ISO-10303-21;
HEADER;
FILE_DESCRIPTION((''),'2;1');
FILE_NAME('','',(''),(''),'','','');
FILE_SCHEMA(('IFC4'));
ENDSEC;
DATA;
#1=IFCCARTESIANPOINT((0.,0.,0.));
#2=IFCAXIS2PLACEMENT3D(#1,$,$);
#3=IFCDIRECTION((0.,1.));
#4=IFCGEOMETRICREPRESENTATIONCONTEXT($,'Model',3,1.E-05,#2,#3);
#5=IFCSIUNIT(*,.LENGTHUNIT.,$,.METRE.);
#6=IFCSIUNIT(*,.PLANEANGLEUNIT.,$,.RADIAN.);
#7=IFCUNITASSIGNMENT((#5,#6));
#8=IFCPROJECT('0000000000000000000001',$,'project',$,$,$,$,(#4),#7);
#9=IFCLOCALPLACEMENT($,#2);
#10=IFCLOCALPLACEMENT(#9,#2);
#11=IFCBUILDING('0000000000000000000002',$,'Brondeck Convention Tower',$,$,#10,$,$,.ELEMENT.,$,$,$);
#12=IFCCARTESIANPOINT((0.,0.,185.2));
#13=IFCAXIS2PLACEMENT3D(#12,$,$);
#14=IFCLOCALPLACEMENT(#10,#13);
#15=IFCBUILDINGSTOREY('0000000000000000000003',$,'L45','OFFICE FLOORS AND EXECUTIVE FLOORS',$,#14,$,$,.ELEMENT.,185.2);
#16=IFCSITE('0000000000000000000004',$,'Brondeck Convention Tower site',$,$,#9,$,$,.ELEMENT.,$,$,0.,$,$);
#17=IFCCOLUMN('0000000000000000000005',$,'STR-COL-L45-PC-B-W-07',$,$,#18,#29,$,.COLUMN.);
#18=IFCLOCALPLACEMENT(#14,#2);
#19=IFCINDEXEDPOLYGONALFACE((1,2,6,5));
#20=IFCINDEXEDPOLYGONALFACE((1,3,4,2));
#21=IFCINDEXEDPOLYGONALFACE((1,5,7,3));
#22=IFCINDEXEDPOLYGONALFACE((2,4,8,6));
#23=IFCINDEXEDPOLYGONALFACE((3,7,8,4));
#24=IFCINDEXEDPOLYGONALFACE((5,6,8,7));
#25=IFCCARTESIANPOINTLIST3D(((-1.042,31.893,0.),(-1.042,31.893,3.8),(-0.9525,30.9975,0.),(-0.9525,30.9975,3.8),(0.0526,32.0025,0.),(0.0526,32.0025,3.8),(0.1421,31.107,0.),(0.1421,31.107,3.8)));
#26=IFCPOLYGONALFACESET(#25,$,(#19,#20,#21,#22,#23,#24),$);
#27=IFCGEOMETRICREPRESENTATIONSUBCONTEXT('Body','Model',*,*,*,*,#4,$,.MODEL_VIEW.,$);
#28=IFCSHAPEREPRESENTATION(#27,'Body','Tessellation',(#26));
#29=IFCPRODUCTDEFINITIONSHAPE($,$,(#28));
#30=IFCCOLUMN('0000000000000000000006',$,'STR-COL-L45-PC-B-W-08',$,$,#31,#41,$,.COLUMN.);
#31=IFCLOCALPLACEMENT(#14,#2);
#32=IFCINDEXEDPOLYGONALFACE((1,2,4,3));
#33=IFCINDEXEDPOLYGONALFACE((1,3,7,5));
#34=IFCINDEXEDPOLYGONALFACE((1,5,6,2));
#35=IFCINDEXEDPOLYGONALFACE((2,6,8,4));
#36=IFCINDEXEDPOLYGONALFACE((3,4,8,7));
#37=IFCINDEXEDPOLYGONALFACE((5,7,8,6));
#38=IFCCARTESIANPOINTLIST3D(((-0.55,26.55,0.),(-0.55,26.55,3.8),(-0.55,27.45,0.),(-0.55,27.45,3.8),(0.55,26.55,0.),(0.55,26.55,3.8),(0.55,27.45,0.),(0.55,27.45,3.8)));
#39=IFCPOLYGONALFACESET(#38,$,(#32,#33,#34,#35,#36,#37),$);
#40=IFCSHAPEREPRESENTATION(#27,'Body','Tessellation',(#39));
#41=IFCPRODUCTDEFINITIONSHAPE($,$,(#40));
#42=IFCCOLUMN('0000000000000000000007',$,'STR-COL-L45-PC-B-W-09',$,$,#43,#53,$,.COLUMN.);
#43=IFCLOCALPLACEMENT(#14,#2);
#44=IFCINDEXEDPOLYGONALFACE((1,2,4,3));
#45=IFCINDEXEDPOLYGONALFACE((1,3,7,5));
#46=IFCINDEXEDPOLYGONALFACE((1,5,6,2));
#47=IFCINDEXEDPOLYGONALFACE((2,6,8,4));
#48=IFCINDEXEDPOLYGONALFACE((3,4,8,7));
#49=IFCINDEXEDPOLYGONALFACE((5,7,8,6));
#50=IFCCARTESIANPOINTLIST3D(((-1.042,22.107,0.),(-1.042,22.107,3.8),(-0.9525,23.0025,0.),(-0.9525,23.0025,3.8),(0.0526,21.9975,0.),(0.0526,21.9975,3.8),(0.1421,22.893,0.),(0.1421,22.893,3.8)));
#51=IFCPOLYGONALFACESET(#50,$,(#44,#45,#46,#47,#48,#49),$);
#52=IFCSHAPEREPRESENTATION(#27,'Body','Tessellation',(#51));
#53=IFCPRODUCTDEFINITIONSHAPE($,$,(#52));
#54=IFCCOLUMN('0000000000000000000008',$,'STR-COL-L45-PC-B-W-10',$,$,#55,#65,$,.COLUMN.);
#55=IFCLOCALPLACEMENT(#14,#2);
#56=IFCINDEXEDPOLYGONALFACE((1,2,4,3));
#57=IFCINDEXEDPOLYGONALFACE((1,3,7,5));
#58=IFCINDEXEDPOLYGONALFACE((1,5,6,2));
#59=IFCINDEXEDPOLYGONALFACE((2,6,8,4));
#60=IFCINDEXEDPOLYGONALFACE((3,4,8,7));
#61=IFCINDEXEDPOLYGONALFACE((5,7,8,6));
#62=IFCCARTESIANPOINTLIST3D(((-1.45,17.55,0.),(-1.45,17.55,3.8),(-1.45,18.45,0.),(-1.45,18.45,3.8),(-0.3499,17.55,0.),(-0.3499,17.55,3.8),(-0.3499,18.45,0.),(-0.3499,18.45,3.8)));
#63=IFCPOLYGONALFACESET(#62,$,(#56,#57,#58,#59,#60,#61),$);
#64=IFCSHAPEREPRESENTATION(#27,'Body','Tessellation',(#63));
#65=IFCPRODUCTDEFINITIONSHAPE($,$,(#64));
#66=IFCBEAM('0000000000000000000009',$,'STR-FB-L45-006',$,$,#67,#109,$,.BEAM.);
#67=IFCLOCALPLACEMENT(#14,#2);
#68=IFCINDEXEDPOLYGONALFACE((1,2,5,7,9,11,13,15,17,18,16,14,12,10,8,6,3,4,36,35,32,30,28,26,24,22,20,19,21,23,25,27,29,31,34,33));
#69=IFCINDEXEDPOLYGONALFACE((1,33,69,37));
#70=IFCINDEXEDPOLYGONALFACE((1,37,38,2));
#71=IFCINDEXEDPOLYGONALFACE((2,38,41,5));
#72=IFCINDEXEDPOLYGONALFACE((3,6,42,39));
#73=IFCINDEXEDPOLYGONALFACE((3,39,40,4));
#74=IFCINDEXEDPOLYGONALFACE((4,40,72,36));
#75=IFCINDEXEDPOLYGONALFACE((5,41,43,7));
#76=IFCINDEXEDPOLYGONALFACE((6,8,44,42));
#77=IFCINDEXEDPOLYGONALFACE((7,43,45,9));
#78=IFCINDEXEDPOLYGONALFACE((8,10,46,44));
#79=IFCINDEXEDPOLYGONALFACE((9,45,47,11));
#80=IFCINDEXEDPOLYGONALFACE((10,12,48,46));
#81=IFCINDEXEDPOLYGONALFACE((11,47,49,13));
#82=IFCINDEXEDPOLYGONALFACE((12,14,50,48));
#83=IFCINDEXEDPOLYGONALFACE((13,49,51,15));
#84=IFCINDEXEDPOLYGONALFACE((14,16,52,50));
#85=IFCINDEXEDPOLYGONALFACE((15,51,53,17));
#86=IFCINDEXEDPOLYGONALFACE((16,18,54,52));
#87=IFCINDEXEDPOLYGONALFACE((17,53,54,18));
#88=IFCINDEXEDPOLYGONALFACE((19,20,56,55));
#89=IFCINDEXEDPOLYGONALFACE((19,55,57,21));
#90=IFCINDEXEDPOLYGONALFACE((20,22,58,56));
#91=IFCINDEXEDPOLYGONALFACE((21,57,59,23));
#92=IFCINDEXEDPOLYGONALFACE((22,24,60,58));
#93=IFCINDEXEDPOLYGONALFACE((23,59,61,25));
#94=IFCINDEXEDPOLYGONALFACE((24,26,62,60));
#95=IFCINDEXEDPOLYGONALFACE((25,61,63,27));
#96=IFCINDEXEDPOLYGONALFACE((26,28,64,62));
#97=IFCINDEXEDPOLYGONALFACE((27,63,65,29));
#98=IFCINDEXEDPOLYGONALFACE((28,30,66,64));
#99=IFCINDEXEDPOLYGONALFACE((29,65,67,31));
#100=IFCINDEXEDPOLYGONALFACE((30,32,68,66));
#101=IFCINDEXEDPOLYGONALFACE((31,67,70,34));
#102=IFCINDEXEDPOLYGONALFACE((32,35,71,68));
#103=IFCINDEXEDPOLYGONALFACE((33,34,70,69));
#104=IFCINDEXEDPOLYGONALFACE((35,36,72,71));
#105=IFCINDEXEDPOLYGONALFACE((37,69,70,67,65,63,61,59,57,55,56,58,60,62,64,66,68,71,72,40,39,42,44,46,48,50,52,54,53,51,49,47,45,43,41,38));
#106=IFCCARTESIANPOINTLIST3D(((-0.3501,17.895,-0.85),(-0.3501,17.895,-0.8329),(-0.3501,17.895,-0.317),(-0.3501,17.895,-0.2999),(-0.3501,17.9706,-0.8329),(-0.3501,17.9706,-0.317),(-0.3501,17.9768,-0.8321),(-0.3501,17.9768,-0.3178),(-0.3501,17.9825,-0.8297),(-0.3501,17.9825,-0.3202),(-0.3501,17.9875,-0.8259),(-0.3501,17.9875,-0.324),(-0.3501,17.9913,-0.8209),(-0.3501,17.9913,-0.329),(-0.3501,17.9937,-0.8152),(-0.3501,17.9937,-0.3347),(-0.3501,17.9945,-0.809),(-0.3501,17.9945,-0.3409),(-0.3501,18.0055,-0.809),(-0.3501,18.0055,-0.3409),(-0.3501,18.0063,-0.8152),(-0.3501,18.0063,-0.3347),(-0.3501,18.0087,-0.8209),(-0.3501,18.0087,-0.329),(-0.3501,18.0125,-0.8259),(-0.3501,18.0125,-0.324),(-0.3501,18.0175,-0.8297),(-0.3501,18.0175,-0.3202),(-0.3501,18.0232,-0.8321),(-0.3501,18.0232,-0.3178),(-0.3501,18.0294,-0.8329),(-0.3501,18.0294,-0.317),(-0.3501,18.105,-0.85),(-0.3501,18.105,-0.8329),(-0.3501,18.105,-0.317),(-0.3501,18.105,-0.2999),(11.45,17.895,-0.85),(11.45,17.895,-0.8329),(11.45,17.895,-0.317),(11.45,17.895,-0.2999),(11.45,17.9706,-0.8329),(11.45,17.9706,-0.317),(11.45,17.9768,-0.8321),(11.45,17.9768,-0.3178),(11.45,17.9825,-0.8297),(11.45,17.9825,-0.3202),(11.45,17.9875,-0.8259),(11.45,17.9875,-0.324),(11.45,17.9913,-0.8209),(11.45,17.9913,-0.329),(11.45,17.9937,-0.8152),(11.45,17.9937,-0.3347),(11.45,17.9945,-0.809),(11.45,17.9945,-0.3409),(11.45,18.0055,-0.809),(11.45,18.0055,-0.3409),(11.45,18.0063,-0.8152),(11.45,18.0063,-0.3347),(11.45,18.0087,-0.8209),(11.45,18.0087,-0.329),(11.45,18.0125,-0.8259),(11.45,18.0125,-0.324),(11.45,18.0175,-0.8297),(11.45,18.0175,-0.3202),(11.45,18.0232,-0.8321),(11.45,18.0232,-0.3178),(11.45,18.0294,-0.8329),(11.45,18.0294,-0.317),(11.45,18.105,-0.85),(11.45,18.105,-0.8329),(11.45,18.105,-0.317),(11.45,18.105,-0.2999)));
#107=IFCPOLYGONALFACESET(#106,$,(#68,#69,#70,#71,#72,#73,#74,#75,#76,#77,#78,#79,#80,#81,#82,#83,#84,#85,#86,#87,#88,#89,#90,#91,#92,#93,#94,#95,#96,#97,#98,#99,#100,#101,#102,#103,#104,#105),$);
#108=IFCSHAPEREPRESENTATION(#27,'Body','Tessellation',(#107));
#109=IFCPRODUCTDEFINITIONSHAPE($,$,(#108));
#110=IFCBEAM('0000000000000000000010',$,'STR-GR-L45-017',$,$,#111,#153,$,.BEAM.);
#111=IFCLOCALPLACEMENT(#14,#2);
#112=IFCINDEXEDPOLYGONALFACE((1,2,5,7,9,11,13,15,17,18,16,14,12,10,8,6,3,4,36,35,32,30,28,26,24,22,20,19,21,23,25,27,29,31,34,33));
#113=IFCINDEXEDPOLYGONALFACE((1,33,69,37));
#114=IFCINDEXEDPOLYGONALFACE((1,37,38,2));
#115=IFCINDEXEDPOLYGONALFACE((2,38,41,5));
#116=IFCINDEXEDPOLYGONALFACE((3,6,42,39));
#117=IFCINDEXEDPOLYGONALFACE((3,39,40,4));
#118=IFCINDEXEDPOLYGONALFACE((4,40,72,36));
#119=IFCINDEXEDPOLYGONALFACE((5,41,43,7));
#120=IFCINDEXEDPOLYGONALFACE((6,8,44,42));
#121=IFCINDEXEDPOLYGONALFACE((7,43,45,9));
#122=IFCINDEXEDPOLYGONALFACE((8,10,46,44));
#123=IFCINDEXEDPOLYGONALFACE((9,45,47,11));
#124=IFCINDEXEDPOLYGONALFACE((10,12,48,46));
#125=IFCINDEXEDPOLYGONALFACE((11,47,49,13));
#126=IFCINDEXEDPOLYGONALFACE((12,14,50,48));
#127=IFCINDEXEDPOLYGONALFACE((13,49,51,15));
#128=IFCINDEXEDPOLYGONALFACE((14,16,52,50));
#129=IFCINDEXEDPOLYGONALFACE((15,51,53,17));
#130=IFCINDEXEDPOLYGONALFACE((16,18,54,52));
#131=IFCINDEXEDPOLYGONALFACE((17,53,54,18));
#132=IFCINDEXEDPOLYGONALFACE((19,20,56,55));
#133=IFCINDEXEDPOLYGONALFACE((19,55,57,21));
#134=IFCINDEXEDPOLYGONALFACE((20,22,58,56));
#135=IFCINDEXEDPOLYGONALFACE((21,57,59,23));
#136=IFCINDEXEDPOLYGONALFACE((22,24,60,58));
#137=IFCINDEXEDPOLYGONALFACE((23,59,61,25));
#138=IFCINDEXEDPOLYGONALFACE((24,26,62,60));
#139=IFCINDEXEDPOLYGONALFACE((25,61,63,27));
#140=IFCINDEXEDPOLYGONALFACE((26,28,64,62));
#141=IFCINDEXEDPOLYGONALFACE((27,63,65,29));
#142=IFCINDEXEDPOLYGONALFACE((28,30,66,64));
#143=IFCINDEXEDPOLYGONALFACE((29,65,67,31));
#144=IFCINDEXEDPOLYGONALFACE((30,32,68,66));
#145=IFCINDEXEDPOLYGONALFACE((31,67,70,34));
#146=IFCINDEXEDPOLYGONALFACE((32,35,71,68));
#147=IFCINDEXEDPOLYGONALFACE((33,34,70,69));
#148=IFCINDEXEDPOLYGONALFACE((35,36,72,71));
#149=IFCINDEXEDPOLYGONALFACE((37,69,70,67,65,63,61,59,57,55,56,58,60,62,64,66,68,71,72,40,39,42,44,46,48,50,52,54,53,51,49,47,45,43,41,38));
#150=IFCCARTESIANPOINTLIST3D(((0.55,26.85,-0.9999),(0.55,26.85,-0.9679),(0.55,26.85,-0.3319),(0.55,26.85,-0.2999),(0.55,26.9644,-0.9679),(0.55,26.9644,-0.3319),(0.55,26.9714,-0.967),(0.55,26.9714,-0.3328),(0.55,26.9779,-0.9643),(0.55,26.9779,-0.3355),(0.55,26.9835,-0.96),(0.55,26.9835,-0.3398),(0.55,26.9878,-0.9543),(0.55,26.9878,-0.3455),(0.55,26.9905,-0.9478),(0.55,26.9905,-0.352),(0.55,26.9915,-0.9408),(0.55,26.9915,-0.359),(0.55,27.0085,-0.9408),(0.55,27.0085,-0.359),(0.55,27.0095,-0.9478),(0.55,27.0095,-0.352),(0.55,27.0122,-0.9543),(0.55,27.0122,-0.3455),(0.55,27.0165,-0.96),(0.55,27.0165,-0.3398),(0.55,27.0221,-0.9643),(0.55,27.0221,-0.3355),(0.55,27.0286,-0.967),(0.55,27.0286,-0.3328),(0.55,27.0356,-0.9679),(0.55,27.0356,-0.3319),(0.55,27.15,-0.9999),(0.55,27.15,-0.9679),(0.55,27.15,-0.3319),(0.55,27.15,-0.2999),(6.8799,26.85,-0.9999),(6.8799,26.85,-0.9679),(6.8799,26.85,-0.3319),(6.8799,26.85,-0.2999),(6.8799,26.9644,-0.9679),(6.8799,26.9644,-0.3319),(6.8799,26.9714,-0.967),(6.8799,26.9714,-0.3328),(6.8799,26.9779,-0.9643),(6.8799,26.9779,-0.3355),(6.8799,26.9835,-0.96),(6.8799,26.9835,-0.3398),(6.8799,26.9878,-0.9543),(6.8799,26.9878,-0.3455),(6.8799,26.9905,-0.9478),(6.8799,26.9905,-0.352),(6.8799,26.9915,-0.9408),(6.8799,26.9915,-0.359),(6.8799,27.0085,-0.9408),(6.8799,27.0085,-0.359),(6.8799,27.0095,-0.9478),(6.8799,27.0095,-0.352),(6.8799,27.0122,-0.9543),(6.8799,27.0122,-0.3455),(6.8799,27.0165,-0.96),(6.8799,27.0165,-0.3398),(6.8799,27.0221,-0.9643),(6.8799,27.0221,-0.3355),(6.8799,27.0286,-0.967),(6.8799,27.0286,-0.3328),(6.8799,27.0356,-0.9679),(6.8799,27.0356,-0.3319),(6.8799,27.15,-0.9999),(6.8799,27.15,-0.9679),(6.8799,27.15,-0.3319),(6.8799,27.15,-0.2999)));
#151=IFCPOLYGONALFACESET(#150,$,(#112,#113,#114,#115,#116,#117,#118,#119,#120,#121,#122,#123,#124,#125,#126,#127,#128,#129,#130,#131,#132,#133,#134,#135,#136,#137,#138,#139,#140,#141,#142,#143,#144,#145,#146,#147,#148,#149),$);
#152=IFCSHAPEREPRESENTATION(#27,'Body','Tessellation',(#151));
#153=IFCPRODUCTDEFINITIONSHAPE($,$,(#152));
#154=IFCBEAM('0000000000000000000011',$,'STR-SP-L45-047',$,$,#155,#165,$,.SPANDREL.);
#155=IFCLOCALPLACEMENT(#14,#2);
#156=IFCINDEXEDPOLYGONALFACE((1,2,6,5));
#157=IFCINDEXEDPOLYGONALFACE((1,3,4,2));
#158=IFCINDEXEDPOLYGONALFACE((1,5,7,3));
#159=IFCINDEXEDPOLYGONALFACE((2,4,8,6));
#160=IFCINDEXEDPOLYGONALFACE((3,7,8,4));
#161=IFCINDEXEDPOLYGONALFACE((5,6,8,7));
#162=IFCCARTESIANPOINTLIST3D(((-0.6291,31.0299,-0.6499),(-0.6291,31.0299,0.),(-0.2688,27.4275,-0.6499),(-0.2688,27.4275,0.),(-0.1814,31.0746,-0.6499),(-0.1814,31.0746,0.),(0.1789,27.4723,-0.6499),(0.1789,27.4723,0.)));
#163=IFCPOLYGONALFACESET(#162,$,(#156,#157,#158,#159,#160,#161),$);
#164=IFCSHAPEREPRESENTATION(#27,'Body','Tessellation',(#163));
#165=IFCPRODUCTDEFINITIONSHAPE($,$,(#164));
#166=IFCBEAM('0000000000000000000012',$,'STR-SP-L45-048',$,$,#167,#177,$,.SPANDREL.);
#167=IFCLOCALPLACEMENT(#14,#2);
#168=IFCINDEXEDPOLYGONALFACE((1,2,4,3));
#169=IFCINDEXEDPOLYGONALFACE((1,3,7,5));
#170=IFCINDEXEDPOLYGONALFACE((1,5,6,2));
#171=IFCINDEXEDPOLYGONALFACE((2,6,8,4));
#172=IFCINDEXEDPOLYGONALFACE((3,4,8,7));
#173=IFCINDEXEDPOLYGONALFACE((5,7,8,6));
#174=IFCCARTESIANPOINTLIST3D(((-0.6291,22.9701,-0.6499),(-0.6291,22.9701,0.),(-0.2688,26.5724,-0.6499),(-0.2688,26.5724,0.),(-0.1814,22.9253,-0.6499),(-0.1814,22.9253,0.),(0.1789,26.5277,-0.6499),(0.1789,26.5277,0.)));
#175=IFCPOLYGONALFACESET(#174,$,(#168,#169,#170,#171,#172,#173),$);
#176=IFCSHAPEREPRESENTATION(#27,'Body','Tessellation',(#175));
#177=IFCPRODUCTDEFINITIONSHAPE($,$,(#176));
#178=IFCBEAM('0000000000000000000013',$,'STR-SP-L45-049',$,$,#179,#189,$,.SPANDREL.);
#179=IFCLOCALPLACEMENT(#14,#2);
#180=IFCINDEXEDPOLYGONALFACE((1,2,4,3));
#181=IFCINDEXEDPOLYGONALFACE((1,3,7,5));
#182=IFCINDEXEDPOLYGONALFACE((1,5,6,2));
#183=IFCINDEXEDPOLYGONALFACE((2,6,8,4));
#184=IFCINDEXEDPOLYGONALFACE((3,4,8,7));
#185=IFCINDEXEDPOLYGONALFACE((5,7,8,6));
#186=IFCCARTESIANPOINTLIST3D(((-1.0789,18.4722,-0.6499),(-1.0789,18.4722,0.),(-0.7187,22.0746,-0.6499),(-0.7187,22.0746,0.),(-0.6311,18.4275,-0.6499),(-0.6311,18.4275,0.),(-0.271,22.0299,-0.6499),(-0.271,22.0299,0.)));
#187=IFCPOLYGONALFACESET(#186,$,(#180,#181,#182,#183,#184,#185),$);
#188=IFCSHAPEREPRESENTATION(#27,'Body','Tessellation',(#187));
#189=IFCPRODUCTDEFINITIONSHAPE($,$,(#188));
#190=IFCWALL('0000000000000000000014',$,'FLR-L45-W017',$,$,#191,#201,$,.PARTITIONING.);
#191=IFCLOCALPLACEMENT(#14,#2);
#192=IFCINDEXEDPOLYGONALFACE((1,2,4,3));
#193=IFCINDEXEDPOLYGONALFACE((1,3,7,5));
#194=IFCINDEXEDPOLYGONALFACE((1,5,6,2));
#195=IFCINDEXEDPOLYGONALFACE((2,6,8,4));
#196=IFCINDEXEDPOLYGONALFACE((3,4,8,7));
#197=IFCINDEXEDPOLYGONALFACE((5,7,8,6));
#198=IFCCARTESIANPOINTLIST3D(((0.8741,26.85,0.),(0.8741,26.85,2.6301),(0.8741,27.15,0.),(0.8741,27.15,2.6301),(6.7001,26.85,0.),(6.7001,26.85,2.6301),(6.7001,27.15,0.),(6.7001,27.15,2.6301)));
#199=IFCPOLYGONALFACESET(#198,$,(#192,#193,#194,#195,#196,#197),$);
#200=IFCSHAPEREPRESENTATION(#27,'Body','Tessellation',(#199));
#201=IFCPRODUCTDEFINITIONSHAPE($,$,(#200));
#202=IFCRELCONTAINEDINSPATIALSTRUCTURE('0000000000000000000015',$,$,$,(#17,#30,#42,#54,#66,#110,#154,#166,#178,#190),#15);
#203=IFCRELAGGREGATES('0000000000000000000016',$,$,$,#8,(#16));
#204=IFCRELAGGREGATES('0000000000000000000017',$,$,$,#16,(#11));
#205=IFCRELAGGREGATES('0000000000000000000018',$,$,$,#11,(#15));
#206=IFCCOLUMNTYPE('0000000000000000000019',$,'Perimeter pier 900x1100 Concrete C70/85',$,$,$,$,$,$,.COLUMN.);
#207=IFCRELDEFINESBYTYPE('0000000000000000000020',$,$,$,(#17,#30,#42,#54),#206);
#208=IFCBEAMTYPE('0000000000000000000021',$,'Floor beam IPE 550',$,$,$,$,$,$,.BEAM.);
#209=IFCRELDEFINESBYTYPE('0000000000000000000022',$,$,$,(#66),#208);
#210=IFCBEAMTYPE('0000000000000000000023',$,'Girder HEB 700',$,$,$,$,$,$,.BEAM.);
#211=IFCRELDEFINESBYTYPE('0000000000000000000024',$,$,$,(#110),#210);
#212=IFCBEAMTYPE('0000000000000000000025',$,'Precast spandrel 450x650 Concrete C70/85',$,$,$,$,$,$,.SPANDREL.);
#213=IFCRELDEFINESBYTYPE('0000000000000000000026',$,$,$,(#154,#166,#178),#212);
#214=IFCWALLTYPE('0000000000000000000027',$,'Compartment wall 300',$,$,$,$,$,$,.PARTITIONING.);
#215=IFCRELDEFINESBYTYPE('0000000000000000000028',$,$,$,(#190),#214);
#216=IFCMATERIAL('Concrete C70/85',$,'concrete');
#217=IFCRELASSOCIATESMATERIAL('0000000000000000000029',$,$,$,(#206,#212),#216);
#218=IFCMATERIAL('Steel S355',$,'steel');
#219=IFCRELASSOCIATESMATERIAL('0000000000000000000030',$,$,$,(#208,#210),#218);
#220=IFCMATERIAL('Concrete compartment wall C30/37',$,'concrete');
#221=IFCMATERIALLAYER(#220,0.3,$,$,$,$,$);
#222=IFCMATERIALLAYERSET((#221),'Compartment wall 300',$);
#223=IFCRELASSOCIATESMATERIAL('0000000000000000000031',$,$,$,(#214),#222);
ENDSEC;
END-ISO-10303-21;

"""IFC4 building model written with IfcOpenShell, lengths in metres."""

from ifc_helpers import new_model, si_unit, direction, frame, frame_2d, origin, origin_2d, place, context, subcontext, project, spatial, rectangle, i_section, extrude, material, layer, layer_set, material_profile, profile_set, type_object, element, save


model = new_model("IFC4")

# Units and contexts
model_context = context("Model", 3, precision=1e-05, world=origin(), true_north=direction((0.0, 1.0)))
body_context = subcontext(model_context, "Body", "Model", "MODEL_VIEW")
ifc_project = project(units=[si_unit("LENGTHUNIT", "METRE"), si_unit("PLANEANGLEUNIT", "RADIAN")], contexts=[model_context])

# Site, building, storey
site_placement = place(None, origin())
site = spatial("IfcSite", under=ifc_project, at=site_placement, Name="Brondeck Convention Tower site", CompositionType="ELEMENT", RefElevation=0.0)
building_placement = place(site_placement, origin())
building = spatial("IfcBuilding", under=site, at=building_placement, Name="Brondeck Convention Tower", CompositionType="ELEMENT")
storey_placement = place(building_placement, frame((0.0, 0.0, 185.2)))
storey = spatial("IfcBuildingStorey", under=building, at=storey_placement, Name="L45", Description="OFFICE FLOORS AND EXECUTIVE FLOORS", CompositionType="ELEMENT", Elevation=185.2)

# Columns
ifc_material_1 = material(Name="Concrete C70/85", Category="concrete")
ifc_material_profile_1 = material_profile(ifc_material_1, rectangle(XDim=0.8999, YDim=1.1001, at=origin_2d()), Name="Perimeter pier 900x1100 Concrete C70/85")
ifc_profile_set_1 = profile_set([ifc_material_profile_1], Name="Concrete C70/85")
column_type = type_object("IfcColumnType", Name="Perimeter pier 900x1100 Concrete C70/85", PredefinedType="COLUMN", material=ifc_profile_set_1)
for number, where, z_axis, x_axis, name in (
    (1, (-0.45, 31.5, 0.0), (0.0, 0.0, 1.0), (0.099504, -0.995037, 0.0), "STR-COL-L45-PC-B-W-07"),
    (2, (0.0, 27.0, 0.0), (0.0, 0.0, 1.0), (0.0, -1.0, 0.0), "STR-COL-L45-PC-B-W-08"),
    (3, (-0.45, 22.5, 0.0), (0.0, 0.0, 1.0), (-0.099504, -0.995037, 0.0), "STR-COL-L45-PC-B-W-09"),
    (4, (-0.8999, 18.0, 0.0), (0.0, 0.0, 1.0), (0.0, -1.0, 0.0), "STR-COL-L45-PC-B-W-10"),
):
    element("IfcColumn", number, at=place(storey_placement, frame(where, z_axis=z_axis, x_axis=x_axis)), inside=storey, type_object=column_type, Name=name, PredefinedType="COLUMN", context=body_context, shape_type="SweptSolid", body=[
        extrude(rectangle(XDim=0.8999, YDim=1.1001, at=origin_2d()), origin(), (0.0, 0.0, 1.0), 3.8),
    ])

# Beams
ifc_material_2 = material(Name="Steel S355", Category="steel")
ifc_material_profile_2 = material_profile(ifc_material_2, i_section(OverallWidth=0.21, OverallDepth=0.55, WebThickness=0.011, FlangeThickness=0.0171, FilletRadius=0.0239, at=origin_2d()), Name="IPE 550")
ifc_profile_set_2 = profile_set([ifc_material_profile_2], Name="Steel S355")
beam_type_1 = type_object("IfcBeamType", Name="Floor beam IPE 550", PredefinedType="BEAM", material=ifc_profile_set_2)
beam_1_placement = place(storey_placement, frame((-0.3501, 18.0, -0.575), z_axis=(1.0, 0.0, 0.0), x_axis=(0.0, 1.0, 0.0)))
element("IfcBeam", 5, at=beam_1_placement, inside=storey, type_object=beam_type_1, Name="STR-FB-L45-006", PredefinedType="BEAM", context=body_context, shape_type="SweptSolid", body=[
    extrude(i_section(OverallWidth=0.21, OverallDepth=0.55, WebThickness=0.011, FlangeThickness=0.0171, FilletRadius=0.0239, at=origin_2d()), origin(), (0.0, 0.0, 1.0), 11.8),
])
ifc_material_profile_3 = material_profile(ifc_material_2, i_section(OverallWidth=0.3, OverallDepth=0.7, WebThickness=0.0171, FlangeThickness=0.032, FilletRadius=0.0271, at=origin_2d()), Name="HEB 700")
ifc_profile_set_3 = profile_set([ifc_material_profile_3], Name="Steel S355")
beam_type_2 = type_object("IfcBeamType", Name="Girder HEB 700", PredefinedType="BEAM", material=ifc_profile_set_3)
beam_2_placement = place(storey_placement, frame((0.55, 27.0, -0.6499), z_axis=(1.0, 0.0, 0.0), x_axis=(0.0, 1.0, 0.0)))
element("IfcBeam", 6, at=beam_2_placement, inside=storey, type_object=beam_type_2, Name="STR-GR-L45-017", PredefinedType="BEAM", context=body_context, shape_type="SweptSolid", body=[
    extrude(i_section(OverallWidth=0.3, OverallDepth=0.7, WebThickness=0.0171, FlangeThickness=0.032, FilletRadius=0.0271, at=origin_2d()), origin(), (0.0, 0.0, 1.0), 6.3298),
])
ifc_material_profile_4 = material_profile(ifc_material_1, rectangle(XDim=0.45, YDim=0.6499, at=origin_2d()), Name="Precast spandrel 450x650 Concrete C70/85")
ifc_profile_set_4 = profile_set([ifc_material_profile_4], Name="Concrete C70/85")
beam_type_3 = type_object("IfcBeamType", Name="Precast spandrel 450x650 Concrete C70/85", PredefinedType="SPANDREL", material=ifc_profile_set_4)
for number, where, z_axis, x_axis, name in (
    (7, (-0.4053, 31.0522, -0.325), (0.099537, -0.995034, 0.0), (0.995034, 0.099537, 0.0), "STR-SP-L45-047"),
    (8, (-0.0449, 26.55, -0.325), (-0.099537, -0.995034, 0.0), (0.995034, -0.099537, 0.0), "STR-SP-L45-048"),
    (9, (-0.4949, 22.0522, -0.325), (-0.09947, -0.995041, 0.0), (0.995041, -0.09947, 0.0), "STR-SP-L45-049"),
):
    element("IfcBeam", number, at=place(storey_placement, frame(where, z_axis=z_axis, x_axis=x_axis)), inside=storey, type_object=beam_type_3, Name=name, PredefinedType="SPANDREL", context=body_context, shape_type="SweptSolid", body=[
        extrude(rectangle(XDim=0.45, YDim=0.6499, at=origin_2d()), origin(), (0.0, 0.0, 1.0), 3.6204),
    ])

# Wall
ifc_material_3 = material(Name="Concrete compartment wall C30/37", Category="concrete")
ifc_layer_1 = layer(ifc_material_3, 0.3)
ifc_layer_set_1 = layer_set([ifc_layer_1], Name="Compartment wall 300")
wall_type_1 = type_object("IfcWallType", Name="Compartment wall 300", PredefinedType="PARTITIONING", material=ifc_layer_set_1)
wall_1_placement = place(storey_placement, frame((0.874, 27.0, 0.0), z_axis=(0.0, 0.0, 1.0), x_axis=(1.0, 0.0, 0.0)))
element("IfcWall", 10, at=wall_1_placement, inside=storey, type_object=wall_type_1, Name="FLR-L45-W017", PredefinedType="PARTITIONING", context=body_context, shape_type="SweptSolid", body=[
    extrude(rectangle(XDim=5.8259, YDim=0.3, at=frame_2d((2.9131, 0.0))), origin(), (0.0, 0.0, 1.0), 2.6301),
])

save(model, "model.ifc")
